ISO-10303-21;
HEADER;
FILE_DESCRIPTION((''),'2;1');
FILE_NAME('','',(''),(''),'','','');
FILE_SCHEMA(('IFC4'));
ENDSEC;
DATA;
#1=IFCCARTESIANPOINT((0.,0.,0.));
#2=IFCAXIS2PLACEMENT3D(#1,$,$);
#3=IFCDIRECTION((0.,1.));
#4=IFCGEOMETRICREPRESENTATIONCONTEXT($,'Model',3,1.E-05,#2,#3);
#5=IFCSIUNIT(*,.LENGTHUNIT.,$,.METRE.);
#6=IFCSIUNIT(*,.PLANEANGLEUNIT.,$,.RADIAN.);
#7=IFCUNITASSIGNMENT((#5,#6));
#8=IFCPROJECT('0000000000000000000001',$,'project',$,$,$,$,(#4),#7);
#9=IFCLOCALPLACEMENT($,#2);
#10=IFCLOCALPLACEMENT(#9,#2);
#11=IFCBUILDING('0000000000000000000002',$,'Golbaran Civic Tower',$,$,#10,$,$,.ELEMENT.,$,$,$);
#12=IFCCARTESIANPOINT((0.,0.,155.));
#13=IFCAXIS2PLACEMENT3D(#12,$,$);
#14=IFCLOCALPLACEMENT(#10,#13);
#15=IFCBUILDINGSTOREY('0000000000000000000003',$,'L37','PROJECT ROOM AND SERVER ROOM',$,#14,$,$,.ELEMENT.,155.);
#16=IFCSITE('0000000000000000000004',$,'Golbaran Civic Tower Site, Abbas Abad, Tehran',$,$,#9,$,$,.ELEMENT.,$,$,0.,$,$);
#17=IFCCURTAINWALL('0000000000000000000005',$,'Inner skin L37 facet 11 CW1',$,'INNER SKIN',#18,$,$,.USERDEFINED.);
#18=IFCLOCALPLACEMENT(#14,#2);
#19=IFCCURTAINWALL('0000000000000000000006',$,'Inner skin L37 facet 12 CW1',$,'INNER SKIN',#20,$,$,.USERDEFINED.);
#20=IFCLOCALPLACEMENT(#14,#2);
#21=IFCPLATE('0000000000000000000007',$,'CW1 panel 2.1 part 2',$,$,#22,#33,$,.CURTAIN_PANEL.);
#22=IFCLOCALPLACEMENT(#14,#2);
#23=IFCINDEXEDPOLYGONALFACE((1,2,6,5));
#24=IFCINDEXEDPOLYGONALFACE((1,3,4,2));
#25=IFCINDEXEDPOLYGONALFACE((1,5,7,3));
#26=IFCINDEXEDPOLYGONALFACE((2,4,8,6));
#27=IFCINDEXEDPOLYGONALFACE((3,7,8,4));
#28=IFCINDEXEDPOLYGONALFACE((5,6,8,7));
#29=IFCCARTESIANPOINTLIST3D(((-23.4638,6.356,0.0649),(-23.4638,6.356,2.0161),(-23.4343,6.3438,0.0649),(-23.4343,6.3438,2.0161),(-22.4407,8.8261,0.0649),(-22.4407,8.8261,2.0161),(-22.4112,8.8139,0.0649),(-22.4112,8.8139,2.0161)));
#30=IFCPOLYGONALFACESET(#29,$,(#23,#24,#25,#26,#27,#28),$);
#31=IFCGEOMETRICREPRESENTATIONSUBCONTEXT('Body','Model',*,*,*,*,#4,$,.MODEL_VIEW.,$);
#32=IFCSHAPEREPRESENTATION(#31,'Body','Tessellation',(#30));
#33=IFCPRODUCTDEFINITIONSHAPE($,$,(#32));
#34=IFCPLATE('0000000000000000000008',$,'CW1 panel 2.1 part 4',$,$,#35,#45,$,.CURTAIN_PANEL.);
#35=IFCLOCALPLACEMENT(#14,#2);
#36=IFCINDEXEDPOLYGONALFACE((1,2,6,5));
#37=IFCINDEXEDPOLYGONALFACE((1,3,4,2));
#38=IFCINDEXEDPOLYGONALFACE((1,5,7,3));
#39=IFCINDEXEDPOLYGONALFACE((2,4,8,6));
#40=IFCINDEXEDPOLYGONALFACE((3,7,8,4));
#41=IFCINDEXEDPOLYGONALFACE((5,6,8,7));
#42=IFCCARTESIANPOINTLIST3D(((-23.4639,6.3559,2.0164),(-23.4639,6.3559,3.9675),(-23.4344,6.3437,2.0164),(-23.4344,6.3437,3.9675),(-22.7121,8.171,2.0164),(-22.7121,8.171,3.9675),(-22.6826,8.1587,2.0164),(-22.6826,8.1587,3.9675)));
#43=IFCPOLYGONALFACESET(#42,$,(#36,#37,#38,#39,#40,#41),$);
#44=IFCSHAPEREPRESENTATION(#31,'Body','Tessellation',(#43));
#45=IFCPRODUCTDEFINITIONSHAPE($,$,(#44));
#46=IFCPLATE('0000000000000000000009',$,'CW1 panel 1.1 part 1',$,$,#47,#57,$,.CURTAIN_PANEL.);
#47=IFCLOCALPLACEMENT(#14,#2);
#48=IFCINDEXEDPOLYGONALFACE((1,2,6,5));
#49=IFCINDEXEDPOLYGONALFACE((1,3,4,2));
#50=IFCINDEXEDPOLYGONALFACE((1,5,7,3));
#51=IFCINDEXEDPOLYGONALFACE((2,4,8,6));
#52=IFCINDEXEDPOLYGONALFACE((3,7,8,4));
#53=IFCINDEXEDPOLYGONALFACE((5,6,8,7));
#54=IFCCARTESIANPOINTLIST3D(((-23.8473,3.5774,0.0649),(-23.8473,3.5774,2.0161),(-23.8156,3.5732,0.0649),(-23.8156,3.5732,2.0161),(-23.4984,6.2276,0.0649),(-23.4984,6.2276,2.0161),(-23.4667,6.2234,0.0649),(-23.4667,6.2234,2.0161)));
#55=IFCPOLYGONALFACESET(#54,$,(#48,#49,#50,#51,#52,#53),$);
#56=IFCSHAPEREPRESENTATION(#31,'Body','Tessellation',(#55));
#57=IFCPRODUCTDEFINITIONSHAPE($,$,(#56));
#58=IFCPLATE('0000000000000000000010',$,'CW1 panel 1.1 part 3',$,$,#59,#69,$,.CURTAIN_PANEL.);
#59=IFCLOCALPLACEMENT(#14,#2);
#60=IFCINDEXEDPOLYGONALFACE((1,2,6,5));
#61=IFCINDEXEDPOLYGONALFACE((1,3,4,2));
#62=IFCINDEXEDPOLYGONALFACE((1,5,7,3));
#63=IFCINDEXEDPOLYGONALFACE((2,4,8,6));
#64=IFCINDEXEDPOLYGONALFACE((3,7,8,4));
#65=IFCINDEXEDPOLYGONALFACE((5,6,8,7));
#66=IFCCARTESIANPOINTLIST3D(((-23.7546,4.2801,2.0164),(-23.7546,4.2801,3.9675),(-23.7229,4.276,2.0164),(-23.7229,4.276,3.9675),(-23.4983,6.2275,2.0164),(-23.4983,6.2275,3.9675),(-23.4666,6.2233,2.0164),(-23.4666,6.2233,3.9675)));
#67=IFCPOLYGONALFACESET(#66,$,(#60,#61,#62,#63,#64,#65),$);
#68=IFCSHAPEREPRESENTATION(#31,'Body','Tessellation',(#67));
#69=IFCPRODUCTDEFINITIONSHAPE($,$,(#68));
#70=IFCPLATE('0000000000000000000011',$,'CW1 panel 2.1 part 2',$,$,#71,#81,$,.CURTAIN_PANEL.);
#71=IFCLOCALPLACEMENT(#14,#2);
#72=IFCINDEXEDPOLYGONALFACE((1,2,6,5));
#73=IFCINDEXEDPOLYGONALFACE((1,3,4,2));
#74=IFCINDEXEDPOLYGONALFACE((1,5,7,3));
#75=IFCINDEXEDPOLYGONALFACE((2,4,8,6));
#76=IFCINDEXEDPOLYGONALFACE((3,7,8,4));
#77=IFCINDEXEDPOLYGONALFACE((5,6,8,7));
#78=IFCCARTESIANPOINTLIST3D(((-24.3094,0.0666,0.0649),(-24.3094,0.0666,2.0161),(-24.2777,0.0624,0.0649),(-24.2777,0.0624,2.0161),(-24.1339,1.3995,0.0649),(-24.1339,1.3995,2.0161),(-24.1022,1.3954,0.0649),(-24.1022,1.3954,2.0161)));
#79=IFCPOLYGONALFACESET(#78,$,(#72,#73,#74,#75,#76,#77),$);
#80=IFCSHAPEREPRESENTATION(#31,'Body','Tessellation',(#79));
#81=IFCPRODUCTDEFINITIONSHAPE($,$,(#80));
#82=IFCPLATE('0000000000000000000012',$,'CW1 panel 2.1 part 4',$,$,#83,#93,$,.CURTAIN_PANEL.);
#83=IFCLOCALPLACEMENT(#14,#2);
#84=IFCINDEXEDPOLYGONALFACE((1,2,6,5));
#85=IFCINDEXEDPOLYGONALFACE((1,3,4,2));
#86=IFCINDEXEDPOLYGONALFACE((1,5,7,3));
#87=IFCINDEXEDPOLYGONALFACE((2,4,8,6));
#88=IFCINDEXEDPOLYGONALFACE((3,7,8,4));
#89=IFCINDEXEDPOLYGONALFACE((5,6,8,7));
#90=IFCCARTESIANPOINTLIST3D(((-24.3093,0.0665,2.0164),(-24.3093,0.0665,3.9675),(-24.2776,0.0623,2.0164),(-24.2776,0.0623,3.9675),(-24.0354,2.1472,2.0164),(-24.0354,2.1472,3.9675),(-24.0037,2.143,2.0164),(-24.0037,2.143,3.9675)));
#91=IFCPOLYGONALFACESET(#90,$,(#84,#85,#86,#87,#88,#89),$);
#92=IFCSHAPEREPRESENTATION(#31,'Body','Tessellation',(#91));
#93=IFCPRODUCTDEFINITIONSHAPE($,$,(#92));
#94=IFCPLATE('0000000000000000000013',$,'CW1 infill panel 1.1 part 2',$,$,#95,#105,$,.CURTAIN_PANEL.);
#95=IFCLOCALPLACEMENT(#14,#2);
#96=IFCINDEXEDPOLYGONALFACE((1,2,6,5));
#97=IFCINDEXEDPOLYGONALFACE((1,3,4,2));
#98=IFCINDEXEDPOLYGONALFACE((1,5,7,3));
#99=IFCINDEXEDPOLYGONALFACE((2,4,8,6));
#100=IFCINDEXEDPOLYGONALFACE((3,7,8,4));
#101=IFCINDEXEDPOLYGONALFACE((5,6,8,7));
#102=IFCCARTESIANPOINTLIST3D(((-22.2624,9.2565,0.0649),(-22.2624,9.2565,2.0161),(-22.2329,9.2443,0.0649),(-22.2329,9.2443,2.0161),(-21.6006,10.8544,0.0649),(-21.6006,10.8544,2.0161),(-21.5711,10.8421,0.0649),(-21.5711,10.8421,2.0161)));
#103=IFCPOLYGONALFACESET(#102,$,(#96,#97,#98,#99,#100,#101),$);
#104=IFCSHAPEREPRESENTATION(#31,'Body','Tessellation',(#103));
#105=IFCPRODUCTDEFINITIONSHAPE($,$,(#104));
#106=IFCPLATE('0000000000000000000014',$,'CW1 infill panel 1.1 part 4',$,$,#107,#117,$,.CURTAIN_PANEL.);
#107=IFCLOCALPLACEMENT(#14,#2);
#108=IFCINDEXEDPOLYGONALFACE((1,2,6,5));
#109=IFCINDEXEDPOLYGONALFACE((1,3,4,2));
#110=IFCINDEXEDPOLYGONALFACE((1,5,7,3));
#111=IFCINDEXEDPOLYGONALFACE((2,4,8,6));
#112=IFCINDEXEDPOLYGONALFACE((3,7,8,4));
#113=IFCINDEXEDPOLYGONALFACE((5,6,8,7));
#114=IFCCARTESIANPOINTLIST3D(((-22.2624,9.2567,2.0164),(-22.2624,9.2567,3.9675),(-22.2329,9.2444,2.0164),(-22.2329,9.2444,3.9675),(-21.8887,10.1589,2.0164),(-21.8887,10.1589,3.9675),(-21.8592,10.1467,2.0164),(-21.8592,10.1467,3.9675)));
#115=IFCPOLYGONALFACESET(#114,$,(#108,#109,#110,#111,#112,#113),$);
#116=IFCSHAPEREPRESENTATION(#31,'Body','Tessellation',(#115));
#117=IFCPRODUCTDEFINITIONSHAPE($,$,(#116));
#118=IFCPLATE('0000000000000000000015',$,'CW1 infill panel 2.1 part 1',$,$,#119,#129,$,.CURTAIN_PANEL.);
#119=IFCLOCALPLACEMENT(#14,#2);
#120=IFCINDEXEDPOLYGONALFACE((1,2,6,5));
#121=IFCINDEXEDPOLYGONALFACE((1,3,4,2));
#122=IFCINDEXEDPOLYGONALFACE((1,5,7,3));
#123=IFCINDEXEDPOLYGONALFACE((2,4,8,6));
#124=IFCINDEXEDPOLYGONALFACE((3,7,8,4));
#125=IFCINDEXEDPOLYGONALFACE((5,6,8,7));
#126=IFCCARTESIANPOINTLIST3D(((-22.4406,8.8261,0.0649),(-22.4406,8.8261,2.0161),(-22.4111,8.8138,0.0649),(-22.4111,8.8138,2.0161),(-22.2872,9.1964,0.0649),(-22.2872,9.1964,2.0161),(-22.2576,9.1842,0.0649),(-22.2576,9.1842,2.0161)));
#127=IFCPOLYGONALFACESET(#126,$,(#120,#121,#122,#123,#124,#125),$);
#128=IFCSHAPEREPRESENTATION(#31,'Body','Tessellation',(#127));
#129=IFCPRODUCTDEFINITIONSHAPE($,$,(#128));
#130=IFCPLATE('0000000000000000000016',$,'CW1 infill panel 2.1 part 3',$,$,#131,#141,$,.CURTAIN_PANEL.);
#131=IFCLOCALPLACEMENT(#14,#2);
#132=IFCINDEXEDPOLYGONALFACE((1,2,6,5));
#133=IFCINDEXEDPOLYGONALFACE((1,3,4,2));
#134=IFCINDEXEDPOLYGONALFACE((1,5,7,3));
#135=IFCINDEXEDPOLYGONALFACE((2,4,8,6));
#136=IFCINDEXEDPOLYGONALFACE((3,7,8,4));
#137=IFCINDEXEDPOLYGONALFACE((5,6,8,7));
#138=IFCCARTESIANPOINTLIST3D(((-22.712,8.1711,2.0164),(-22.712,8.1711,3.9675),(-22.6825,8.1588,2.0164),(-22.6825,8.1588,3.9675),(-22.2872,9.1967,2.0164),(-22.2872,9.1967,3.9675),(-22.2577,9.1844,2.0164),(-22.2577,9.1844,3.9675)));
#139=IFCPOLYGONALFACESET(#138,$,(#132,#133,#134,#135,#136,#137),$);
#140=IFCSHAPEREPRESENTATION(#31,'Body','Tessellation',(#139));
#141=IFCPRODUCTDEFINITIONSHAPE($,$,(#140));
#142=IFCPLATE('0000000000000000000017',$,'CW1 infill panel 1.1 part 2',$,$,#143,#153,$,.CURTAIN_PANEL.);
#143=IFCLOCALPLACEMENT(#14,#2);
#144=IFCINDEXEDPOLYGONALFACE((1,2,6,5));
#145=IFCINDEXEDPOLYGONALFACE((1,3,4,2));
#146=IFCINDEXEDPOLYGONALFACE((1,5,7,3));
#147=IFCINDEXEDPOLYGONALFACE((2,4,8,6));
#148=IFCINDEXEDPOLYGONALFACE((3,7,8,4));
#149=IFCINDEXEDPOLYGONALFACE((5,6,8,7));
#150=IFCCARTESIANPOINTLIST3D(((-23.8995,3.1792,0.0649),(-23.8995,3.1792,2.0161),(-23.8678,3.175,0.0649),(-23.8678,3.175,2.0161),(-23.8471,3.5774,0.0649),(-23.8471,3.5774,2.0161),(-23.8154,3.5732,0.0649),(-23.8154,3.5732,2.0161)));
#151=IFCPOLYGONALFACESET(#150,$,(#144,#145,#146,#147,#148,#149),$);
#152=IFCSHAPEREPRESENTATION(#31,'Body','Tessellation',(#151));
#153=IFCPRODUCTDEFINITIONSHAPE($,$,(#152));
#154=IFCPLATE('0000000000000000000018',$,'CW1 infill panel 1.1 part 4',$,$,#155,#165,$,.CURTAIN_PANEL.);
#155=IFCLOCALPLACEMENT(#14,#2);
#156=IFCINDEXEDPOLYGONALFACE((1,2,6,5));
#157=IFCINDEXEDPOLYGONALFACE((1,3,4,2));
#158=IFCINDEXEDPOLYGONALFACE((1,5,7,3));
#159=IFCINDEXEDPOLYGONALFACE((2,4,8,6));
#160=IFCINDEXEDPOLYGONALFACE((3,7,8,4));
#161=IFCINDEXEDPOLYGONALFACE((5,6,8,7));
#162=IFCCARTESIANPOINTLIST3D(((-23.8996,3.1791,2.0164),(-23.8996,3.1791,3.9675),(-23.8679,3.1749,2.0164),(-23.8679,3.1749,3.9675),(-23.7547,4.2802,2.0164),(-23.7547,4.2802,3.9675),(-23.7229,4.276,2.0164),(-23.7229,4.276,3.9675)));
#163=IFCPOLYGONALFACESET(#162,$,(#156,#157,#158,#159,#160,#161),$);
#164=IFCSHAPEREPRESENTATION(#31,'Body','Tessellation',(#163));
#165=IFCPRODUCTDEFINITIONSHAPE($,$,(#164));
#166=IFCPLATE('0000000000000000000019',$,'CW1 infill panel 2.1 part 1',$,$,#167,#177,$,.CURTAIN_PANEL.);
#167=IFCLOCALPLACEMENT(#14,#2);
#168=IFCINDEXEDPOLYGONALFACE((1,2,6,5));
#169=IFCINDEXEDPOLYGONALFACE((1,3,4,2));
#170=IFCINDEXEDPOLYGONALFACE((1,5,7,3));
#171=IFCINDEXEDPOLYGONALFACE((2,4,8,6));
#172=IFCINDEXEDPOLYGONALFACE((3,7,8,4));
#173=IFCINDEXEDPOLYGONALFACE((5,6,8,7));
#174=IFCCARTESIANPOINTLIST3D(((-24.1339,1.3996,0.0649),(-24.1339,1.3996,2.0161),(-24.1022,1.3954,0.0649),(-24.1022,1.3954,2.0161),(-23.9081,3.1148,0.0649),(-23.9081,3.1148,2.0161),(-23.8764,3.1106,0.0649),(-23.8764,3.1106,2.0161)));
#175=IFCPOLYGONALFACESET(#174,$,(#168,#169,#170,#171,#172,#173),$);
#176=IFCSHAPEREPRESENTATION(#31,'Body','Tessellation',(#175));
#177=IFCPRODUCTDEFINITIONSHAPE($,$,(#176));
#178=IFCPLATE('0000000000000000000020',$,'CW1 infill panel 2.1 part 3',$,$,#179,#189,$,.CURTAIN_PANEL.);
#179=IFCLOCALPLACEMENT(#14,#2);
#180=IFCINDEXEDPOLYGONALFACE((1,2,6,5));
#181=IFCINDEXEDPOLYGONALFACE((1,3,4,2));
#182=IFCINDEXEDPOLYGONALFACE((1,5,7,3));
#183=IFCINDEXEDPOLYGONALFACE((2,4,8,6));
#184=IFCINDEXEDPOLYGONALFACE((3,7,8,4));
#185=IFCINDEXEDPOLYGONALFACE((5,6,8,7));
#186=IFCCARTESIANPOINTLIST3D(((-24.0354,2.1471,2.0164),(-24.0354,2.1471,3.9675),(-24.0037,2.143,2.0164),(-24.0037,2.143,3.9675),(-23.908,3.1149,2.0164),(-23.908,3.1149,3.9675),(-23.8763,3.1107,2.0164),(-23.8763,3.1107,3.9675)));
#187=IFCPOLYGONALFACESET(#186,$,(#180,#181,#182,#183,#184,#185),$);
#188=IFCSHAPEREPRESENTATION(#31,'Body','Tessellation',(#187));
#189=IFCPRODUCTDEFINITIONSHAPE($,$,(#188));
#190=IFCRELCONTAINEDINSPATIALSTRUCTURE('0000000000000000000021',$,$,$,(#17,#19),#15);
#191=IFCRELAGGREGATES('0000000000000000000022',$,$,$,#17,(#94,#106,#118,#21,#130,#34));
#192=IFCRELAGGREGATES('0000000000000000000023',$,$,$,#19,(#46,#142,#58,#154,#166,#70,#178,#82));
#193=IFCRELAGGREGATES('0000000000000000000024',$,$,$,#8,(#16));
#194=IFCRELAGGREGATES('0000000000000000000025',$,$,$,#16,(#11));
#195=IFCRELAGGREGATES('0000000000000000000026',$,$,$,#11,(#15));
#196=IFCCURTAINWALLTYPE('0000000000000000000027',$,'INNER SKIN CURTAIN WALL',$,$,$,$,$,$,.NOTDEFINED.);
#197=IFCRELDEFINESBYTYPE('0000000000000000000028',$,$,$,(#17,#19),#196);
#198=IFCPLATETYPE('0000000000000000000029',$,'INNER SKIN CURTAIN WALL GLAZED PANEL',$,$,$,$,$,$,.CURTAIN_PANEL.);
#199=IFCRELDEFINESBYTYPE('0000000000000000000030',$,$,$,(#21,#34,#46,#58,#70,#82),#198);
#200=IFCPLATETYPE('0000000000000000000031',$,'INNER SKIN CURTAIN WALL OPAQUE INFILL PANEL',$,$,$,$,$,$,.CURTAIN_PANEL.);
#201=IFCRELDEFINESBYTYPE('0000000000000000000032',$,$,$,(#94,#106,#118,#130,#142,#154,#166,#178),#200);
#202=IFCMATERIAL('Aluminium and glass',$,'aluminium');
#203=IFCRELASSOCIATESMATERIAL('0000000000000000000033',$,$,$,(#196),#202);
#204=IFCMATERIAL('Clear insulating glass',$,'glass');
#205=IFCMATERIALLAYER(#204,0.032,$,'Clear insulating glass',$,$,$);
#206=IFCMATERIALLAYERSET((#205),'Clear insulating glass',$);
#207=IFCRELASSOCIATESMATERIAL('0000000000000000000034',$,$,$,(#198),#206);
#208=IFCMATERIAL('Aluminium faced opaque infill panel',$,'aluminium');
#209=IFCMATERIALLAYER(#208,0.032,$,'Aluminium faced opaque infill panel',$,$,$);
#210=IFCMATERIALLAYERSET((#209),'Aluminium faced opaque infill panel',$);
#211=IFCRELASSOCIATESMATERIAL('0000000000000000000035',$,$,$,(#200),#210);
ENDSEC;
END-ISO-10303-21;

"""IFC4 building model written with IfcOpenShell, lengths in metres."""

from ifc_helpers import new_model, si_unit, direction, frame, origin, origin_2d, place, context, subcontext, project, spatial, rectangle, extrude, material, layer, layer_set, type_object, element, aggregate, save


model = new_model("IFC4")

# Units and contexts
model_context = context("Model", 3, precision=1e-05, world=origin(), true_north=direction((0.0, 1.0)))
body_context = subcontext(model_context, "Body", "Model", "MODEL_VIEW")
ifc_project = project(units=[si_unit("LENGTHUNIT", "METRE"), si_unit("PLANEANGLEUNIT", "RADIAN")], contexts=[model_context])

# Site, building, storey
site_placement = place(None, origin())
site = spatial("IfcSite", under=ifc_project, at=site_placement, Name="Golbaran Civic Tower Site, Abbas Abad, Tehran", CompositionType="ELEMENT", RefElevation=0.0)
building_placement = place(site_placement, origin())
building = spatial("IfcBuilding", under=site, at=building_placement, Name="Golbaran Civic Tower", CompositionType="ELEMENT")
storey_placement = place(building_placement, frame((0.0, 0.0, 155.0)))
storey = spatial("IfcBuildingStorey", under=building, at=storey_placement, Name="L37", Description="PROJECT ROOM AND SERVER ROOM", CompositionType="ELEMENT", Elevation=155.0)

# Curtain walls
ifc_material_1 = material(Name="Aluminium and glass", Category="aluminium")
curtain_wall_type = type_object("IfcCurtainWallType", Name="INNER SKIN CURTAIN WALL", PredefinedType="NOTDEFINED", material=ifc_material_1)
curtain_wall_1_placement = place(storey_placement, origin())
curtain_wall_1 = element("IfcCurtainWall", 1, at=curtain_wall_1_placement, inside=storey, type_object=curtain_wall_type, Name="Inner skin L37 facet 11 CW1", ObjectType="INNER SKIN", PredefinedType="USERDEFINED")
curtain_wall_2_placement = place(storey_placement, origin())
curtain_wall_2 = element("IfcCurtainWall", 2, at=curtain_wall_2_placement, inside=storey, type_object=curtain_wall_type, Name="Inner skin L37 facet 12 CW1", ObjectType="INNER SKIN", PredefinedType="USERDEFINED")

# Plates
ifc_material_2 = material(Name="Clear insulating glass", Category="glass")
ifc_layer_1 = layer(ifc_material_2, 0.032, Name="Clear insulating glass")
ifc_layer_set_1 = layer_set([ifc_layer_1], Name="Clear insulating glass")
plate_type_1 = type_object("IfcPlateType", Name="INNER SKIN CURTAIN WALL GLAZED PANEL", PredefinedType="CURTAIN_PANEL", material=ifc_layer_set_1)
plate_1_placement = place(storey_placement, frame((-22.9375, 7.585, 0.0649), z_axis=(0.0, 0.0, 1.0), x_axis=(-0.382683, -0.92388, 0.0)))
plate_1 = element("IfcPlate", 3, at=plate_1_placement, type_object=plate_type_1, Name="CW1 panel 2.1 part 2", PredefinedType="CURTAIN_PANEL", context=body_context, shape_type="SweptSolid", body=[
    extrude(rectangle(XDim=2.6736, YDim=0.032, at=origin_2d()), origin(), (0.0, 0.0, 1.0), 1.9512),
])
plate_2_placement = place(storey_placement, frame((-23.0732, 7.2573, 2.0164), z_axis=(0.0, 0.0, 1.0), x_axis=(-0.382683, -0.92388, 0.0)))
plate_2 = element("IfcPlate", 4, at=plate_2_placement, type_object=plate_type_1, Name="CW1 panel 2.1 part 4", PredefinedType="CURTAIN_PANEL", context=body_context, shape_type="SweptSolid", body=[
    extrude(rectangle(XDim=1.9646, YDim=0.032, at=origin_2d()), origin(), (0.0, 0.0, 1.0), 1.9512),
])
plate_3_placement = place(storey_placement, frame((-23.657, 4.9004, 0.0649), z_axis=(0.0, 0.0, 1.0), x_axis=(-0.130526, -0.991445, 0.0)))
plate_3 = element("IfcPlate", 5, at=plate_3_placement, type_object=plate_type_1, Name="CW1 panel 1.1 part 1", PredefinedType="CURTAIN_PANEL", context=body_context, shape_type="SweptSolid", body=[
    extrude(rectangle(XDim=2.6731, YDim=0.032, at=origin_2d()), origin(), (0.0, 0.0, 1.0), 1.9512),
])
plate_4_placement = place(storey_placement, frame((-23.6106, 5.2517, 2.0164), z_axis=(0.0, 0.0, 1.0), x_axis=(-0.130526, -0.991445, 0.0)))
plate_4 = element("IfcPlate", 6, at=plate_4_placement, type_object=plate_type_1, Name="CW1 panel 1.1 part 3", PredefinedType="CURTAIN_PANEL", context=body_context, shape_type="SweptSolid", body=[
    extrude(rectangle(XDim=1.9641, YDim=0.032, at=origin_2d()), origin(), (0.0, 0.0, 1.0), 1.9512),
])
plate_5_placement = place(storey_placement, frame((-24.2058, 0.731, 0.0649), z_axis=(0.0, 0.0, 1.0), x_axis=(-0.130526, -0.991445, 0.0)))
plate_5 = element("IfcPlate", 7, at=plate_5_placement, type_object=plate_type_1, Name="CW1 panel 2.1 part 2", PredefinedType="CURTAIN_PANEL", context=body_context, shape_type="SweptSolid", body=[
    extrude(rectangle(XDim=1.3445, YDim=0.032, at=origin_2d()), origin(), (0.0, 0.0, 1.0), 1.9512),
])
plate_6_placement = place(storey_placement, frame((-24.1565, 1.1047, 2.0164), z_axis=(0.0, 0.0, 1.0), x_axis=(-0.130526, -0.991445, 0.0)))
plate_6 = element("IfcPlate", 8, at=plate_6_placement, type_object=plate_type_1, Name="CW1 panel 2.1 part 4", PredefinedType="CURTAIN_PANEL", context=body_context, shape_type="SweptSolid", body=[
    extrude(rectangle(XDim=2.0986, YDim=0.032, at=origin_2d()), origin(), (0.0, 0.0, 1.0), 1.9512),
])
ifc_material_3 = material(Name="Aluminium faced opaque infill panel", Category="aluminium")
ifc_layer_2 = layer(ifc_material_3, 0.032, Name="Aluminium faced opaque infill panel")
ifc_layer_set_2 = layer_set([ifc_layer_2], Name="Aluminium faced opaque infill panel")
plate_type_2 = type_object("IfcPlateType", Name="INNER SKIN CURTAIN WALL OPAQUE INFILL PANEL", PredefinedType="CURTAIN_PANEL", material=ifc_layer_set_2)
plate_7_placement = place(storey_placement, frame((-21.9167, 10.0493, 0.0649), z_axis=(0.0, 0.0, 1.0), x_axis=(-0.382683, -0.92388, 0.0)))
plate_7 = element("IfcPlate", 9, at=plate_7_placement, type_object=plate_type_2, Name="CW1 infill panel 1.1 part 2", PredefinedType="CURTAIN_PANEL", context=body_context, shape_type="SweptSolid", body=[
    extrude(rectangle(XDim=1.7295, YDim=0.032, at=origin_2d()), origin(), (0.0, 0.0, 1.0), 1.9512),
])
plate_8_placement = place(storey_placement, frame((-22.0608, 9.7017, 2.0164), z_axis=(0.0, 0.0, 1.0), x_axis=(-0.382683, -0.92388, 0.0)))
plate_8 = element("IfcPlate", 10, at=plate_8_placement, type_object=plate_type_2, Name="CW1 infill panel 1.1 part 4", PredefinedType="CURTAIN_PANEL", context=body_context, shape_type="SweptSolid", body=[
    extrude(rectangle(XDim=0.9766, YDim=0.032, at=origin_2d()), origin(), (0.0, 0.0, 1.0), 1.9512),
])
plate_9_placement = place(storey_placement, frame((-22.3491, 9.0051, 0.0649), z_axis=(0.0, 0.0, 1.0), x_axis=(-0.382683, -0.92388, 0.0)))
plate_9 = element("IfcPlate", 11, at=plate_9_placement, type_object=plate_type_2, Name="CW1 infill panel 2.1 part 1", PredefinedType="CURTAIN_PANEL", context=body_context, shape_type="SweptSolid", body=[
    extrude(rectangle(XDim=0.4009, YDim=0.032, at=origin_2d()), origin(), (0.0, 0.0, 1.0), 1.9512),
])
plate_10_placement = place(storey_placement, frame((-22.4849, 8.6777, 2.0164), z_axis=(0.0, 0.0, 1.0), x_axis=(-0.382683, -0.92388, 0.0)))
plate_10 = element("IfcPlate", 12, at=plate_10_placement, type_object=plate_type_2, Name="CW1 infill panel 2.1 part 3", PredefinedType="CURTAIN_PANEL", context=body_context, shape_type="SweptSolid", body=[
    extrude(rectangle(XDim=1.1101, YDim=0.032, at=origin_2d()), origin(), (0.0, 0.0, 1.0), 1.9512),
])
aggregate(curtain_wall_1, [plate_7, plate_8, plate_9, plate_1, plate_10, plate_2])
plate_11_placement = place(storey_placement, frame((-23.8574, 3.3762, 0.0649), z_axis=(0.0, 0.0, 1.0), x_axis=(-0.130526, -0.991445, 0.0)))
plate_11 = element("IfcPlate", 13, at=plate_11_placement, type_object=plate_type_2, Name="CW1 infill panel 1.1 part 2", PredefinedType="CURTAIN_PANEL", context=body_context, shape_type="SweptSolid", body=[
    extrude(rectangle(XDim=0.4016, YDim=0.032, at=origin_2d()), origin(), (0.0, 0.0, 1.0), 1.9512),
])
plate_12_placement = place(storey_placement, frame((-23.8113, 3.7275, 2.0164), z_axis=(0.0, 0.0, 1.0), x_axis=(-0.130526, -0.991445, 0.0)))
plate_12 = element("IfcPlate", 14, at=plate_12_placement, type_object=plate_type_2, Name="CW1 infill panel 1.1 part 4", PredefinedType="CURTAIN_PANEL", context=body_context, shape_type="SweptSolid", body=[
    extrude(rectangle(XDim=1.1106, YDim=0.032, at=origin_2d()), origin(), (0.0, 0.0, 1.0), 1.9512),
])
plate_13_placement = place(storey_placement, frame((-24.0051, 2.2551, 0.0649), z_axis=(0.0, 0.0, 1.0), x_axis=(-0.130526, -0.991445, 0.0)))
plate_13 = element("IfcPlate", 15, at=plate_13_placement, type_object=plate_type_2, Name="CW1 infill panel 2.1 part 1", PredefinedType="CURTAIN_PANEL", context=body_context, shape_type="SweptSolid", body=[
    extrude(rectangle(XDim=1.73, YDim=0.032, at=origin_2d()), origin(), (0.0, 0.0, 1.0), 1.9512),
])
plate_14_placement = place(storey_placement, frame((-23.9558, 2.6289, 2.0164), z_axis=(0.0, 0.0, 1.0), x_axis=(-0.130526, -0.991445, 0.0)))
plate_14 = element("IfcPlate", 16, at=plate_14_placement, type_object=plate_type_2, Name="CW1 infill panel 2.1 part 3", PredefinedType="CURTAIN_PANEL", context=body_context, shape_type="SweptSolid", body=[
    extrude(rectangle(XDim=0.9761, YDim=0.032, at=origin_2d()), origin(), (0.0, 0.0, 1.0), 1.9512),
])
aggregate(curtain_wall_2, [plate_3, plate_11, plate_4, plate_12, plate_13, plate_5, plate_14, plate_6])

save(model, "model.ifc")
